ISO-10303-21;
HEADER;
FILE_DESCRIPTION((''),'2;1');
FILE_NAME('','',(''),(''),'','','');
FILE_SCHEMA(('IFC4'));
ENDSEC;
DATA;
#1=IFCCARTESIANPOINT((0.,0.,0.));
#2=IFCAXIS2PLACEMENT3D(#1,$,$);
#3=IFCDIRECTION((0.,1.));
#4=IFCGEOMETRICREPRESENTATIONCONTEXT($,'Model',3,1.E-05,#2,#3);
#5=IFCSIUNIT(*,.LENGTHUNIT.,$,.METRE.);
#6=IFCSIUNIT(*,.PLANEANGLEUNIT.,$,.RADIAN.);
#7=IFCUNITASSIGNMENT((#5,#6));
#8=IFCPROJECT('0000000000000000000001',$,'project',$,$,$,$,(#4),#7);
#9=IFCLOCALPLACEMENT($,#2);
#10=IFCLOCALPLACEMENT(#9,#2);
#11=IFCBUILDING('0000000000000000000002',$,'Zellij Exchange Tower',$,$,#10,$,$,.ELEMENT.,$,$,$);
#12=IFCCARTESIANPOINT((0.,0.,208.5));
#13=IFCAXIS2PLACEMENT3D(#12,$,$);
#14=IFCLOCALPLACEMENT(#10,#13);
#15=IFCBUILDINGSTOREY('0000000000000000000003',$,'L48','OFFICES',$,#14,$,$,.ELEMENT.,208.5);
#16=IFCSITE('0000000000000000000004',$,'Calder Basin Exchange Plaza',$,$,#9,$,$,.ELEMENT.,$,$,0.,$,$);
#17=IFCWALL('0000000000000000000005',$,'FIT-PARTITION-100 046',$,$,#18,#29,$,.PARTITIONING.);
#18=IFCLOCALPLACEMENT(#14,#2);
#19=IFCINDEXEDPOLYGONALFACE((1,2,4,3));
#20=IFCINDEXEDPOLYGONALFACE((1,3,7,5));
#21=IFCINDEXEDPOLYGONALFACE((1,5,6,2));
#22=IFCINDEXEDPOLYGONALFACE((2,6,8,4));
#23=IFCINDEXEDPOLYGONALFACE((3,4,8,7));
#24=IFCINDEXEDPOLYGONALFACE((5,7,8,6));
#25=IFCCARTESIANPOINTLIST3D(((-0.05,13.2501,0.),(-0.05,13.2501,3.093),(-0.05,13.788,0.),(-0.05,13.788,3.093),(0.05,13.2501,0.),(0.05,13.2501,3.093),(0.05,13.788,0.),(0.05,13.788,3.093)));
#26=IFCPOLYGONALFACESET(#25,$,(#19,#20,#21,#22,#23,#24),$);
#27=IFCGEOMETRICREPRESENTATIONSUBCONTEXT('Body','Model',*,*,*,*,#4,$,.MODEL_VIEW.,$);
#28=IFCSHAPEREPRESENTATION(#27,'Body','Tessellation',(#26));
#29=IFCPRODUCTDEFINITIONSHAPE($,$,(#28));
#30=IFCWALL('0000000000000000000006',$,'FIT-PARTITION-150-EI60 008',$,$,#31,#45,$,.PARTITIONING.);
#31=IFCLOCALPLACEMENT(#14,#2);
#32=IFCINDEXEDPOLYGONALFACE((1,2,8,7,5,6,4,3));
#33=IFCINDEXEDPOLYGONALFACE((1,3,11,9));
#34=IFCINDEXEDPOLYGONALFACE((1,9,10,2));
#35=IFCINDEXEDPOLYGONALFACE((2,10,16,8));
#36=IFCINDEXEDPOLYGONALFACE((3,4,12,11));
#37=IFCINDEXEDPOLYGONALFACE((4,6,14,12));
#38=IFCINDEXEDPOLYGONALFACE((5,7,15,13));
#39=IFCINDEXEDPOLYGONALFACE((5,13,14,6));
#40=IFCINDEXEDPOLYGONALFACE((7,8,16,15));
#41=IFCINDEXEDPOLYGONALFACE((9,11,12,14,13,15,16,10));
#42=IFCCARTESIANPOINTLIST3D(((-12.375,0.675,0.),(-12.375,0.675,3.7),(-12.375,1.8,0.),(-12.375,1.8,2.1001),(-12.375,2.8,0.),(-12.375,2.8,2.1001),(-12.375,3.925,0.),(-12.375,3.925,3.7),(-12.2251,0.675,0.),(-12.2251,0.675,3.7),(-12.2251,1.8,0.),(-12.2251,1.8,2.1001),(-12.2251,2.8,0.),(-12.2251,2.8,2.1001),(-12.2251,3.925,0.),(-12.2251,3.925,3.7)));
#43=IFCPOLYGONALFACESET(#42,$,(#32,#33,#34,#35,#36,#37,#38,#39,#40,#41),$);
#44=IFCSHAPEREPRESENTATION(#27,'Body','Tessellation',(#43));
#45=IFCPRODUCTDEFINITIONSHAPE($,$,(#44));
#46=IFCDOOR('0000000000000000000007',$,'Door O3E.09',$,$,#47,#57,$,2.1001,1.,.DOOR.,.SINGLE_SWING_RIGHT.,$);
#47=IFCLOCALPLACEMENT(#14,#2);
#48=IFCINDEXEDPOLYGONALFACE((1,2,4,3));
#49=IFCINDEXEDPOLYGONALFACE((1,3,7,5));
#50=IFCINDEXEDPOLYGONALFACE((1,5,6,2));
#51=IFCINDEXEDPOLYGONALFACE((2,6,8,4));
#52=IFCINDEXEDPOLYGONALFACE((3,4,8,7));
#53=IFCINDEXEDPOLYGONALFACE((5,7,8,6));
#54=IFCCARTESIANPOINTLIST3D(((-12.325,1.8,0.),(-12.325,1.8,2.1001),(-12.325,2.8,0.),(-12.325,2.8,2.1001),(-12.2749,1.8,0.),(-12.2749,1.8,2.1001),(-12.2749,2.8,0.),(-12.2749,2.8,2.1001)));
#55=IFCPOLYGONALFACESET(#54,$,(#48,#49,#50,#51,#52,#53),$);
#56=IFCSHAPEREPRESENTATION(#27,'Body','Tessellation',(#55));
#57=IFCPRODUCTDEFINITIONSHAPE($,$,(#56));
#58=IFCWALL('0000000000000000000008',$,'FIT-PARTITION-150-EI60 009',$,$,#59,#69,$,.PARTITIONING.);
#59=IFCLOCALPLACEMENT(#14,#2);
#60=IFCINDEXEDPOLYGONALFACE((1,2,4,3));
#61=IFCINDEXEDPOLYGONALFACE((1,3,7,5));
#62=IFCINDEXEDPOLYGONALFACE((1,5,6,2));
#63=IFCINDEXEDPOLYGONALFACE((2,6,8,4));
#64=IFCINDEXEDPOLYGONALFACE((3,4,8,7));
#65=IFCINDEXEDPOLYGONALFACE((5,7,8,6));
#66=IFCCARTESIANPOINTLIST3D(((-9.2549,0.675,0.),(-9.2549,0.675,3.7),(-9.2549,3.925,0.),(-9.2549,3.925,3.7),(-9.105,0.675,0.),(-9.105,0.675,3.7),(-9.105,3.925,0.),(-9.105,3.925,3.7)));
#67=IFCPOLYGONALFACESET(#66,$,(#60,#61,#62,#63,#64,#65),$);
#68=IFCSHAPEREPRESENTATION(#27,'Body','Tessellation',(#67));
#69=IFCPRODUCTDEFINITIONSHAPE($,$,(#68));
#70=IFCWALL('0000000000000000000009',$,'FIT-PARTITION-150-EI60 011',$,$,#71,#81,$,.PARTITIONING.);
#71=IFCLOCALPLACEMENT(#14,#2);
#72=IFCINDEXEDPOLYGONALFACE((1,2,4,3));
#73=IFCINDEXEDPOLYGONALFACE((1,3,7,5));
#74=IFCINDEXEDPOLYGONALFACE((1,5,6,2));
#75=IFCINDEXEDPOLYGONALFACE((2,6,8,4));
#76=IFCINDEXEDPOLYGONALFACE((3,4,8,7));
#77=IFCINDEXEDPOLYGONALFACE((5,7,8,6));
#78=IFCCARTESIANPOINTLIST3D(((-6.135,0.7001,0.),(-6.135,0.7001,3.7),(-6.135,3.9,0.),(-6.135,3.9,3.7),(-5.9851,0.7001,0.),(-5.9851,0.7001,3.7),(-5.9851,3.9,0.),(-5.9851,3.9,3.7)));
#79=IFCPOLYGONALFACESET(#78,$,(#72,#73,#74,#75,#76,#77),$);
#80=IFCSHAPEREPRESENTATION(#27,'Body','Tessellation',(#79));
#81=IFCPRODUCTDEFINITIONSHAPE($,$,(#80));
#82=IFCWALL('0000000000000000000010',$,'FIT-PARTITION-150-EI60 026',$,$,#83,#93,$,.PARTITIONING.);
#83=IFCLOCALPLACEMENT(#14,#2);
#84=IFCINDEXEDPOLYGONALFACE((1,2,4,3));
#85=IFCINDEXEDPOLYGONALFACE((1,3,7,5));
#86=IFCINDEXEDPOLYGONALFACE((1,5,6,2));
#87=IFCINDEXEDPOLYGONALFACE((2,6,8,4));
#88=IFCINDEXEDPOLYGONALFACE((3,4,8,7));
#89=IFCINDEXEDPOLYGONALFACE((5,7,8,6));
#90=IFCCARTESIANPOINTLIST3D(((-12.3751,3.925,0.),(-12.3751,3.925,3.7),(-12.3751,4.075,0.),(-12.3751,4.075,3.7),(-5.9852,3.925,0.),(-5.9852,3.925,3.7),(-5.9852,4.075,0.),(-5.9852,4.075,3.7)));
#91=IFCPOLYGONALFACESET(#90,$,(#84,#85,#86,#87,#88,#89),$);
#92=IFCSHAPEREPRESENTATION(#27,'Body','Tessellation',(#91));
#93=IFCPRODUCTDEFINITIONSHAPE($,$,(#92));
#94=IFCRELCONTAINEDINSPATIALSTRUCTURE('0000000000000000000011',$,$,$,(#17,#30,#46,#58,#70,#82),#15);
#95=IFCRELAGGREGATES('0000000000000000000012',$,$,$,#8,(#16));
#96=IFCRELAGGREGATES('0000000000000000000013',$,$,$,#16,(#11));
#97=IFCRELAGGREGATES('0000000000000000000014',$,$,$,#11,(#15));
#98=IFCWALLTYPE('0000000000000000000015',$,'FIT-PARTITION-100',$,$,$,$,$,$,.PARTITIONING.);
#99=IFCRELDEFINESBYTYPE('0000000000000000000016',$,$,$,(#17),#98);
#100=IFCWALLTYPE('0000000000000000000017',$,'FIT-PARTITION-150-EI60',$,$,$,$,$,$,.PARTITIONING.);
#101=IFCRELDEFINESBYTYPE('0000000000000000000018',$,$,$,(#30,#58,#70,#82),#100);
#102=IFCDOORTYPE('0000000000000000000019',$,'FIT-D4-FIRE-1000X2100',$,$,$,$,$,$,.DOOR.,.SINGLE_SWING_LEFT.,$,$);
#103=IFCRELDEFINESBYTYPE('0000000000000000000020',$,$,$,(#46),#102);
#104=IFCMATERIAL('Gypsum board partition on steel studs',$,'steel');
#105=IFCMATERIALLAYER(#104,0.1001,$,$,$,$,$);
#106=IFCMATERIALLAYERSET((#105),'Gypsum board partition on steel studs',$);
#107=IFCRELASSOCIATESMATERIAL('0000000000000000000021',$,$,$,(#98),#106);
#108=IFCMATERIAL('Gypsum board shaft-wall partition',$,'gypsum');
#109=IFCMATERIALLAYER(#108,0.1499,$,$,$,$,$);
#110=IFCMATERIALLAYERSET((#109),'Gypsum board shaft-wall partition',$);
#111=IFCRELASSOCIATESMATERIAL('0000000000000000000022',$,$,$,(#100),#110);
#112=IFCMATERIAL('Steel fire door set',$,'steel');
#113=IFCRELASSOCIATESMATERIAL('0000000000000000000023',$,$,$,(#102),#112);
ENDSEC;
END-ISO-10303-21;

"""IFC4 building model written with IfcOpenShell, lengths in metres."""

from ifc_helpers import new_model, si_unit, direction, frame, frame_2d, origin, place, context, subcontext, project, spatial, rectangle, extrude, material, layer, layer_set, type_object, element, fill, save


model = new_model("IFC4")

# Units and contexts
model_context = context("Model", 3, precision=1e-05, world=origin(), true_north=direction((0.0, 1.0)))
body_context = subcontext(model_context, "Body", "Model", "MODEL_VIEW")
ifc_project = project(units=[si_unit("LENGTHUNIT", "METRE"), si_unit("PLANEANGLEUNIT", "RADIAN")], contexts=[model_context])

# Site, building, storey
site_placement = place(None, origin())
site = spatial("IfcSite", under=ifc_project, at=site_placement, Name="Calder Basin Exchange Plaza", CompositionType="ELEMENT", RefElevation=0.0)
building_placement = place(site_placement, origin())
building = spatial("IfcBuilding", under=site, at=building_placement, Name="Zellij Exchange Tower", CompositionType="ELEMENT")
storey_placement = place(building_placement, frame((0.0, 0.0, 208.5)))
storey = spatial("IfcBuildingStorey", under=building, at=storey_placement, Name="L48", Description="OFFICES", CompositionType="ELEMENT", Elevation=208.5)

# Shared definitions
ifc_material_1 = material(Name="Gypsum board partition on steel studs", Category="steel")
ifc_layer_1 = layer(ifc_material_1, 0.1001)
ifc_layer_set_1 = layer_set([ifc_layer_1], Name="Gypsum board partition on steel studs")
wall_type_1 = type_object("IfcWallType", Name="FIT-PARTITION-100", PredefinedType="PARTITIONING", material=ifc_layer_set_1)

# Wall
wall_1_placement = place(storey_placement, frame((0.0, 13.25, 0.0), z_axis=(0.0, 0.0, 1.0), x_axis=(0.0, 1.0, 0.0)))
element("IfcWall", 1, at=wall_1_placement, inside=storey, type_object=wall_type_1, Name="FIT-PARTITION-100 046", PredefinedType="PARTITIONING", context=body_context, shape_type="SweptSolid", body=[
    extrude(rectangle(XDim=0.5378, YDim=0.1001, at=frame_2d((0.269, 0.0))), origin(), (0.0, 0.0, 1.0), 3.093),
])

# Wall, opening, door
ifc_material_2 = material(Name="Gypsum board shaft-wall partition", Category="gypsum")
ifc_layer_2 = layer(ifc_material_2, 0.1499)
ifc_layer_set_2 = layer_set([ifc_layer_2], Name="Gypsum board shaft-wall partition")
wall_type_2 = type_object("IfcWallType", Name="FIT-PARTITION-150-EI60", PredefinedType="PARTITIONING", material=ifc_layer_set_2)
wall_2_placement = place(storey_placement, frame((-12.3, 0.675, 0.0), z_axis=(0.0, 0.0, 1.0), x_axis=(0.0, 1.0, 0.0)))
wall_2 = element("IfcWall", 2, at=wall_2_placement, inside=storey, type_object=wall_type_2, Name="FIT-PARTITION-150-EI60 008", PredefinedType="PARTITIONING", context=body_context, shape_type="SweptSolid", body=[
    extrude(rectangle(XDim=3.25, YDim=0.1499, at=frame_2d((1.625, 0.0))), origin(), (0.0, 0.0, 1.0), 3.7),
])
opening_1_placement = place(wall_2_placement, frame((1.125, 0.0, 0.0)))
opening_1 = element("IfcOpeningElement", 3, at=opening_1_placement, cuts=wall_2, PredefinedType="OPENING", context=body_context, shape_type="SweptSolid", body=[
    extrude(rectangle(XDim=1.0, YDim=2.1001, at=frame_2d((0.5, 1.05))), frame((0.0, 0.0869, 0.0), z_axis=(0.0, -1.0, 0.0), x_axis=(1.0, 0.0, 0.0)), (0.0, 0.0, 1.0), 0.1738),
])
ifc_material_3 = material(Name="Steel fire door set", Category="steel")
door_type_1 = type_object("IfcDoorType", Name="FIT-D4-FIRE-1000X2100", OperationType="SINGLE_SWING_LEFT", PredefinedType="DOOR", material=ifc_material_3)
door_1_placement = place(opening_1_placement, origin())
door_1 = element("IfcDoor", 4, at=door_1_placement, inside=storey, type_object=door_type_1, Name="Door O3E.09", OperationType="SINGLE_SWING_RIGHT", OverallHeight=2.1001, OverallWidth=1.0, PredefinedType="DOOR", context=body_context, shape_type="SweptSolid", body=[
    extrude(rectangle(XDim=1.0, YDim=2.1001, at=frame_2d((0.5, 1.05))), frame((0.0, 0.0249, 0.0), z_axis=(0.0, -1.0, 0.0), x_axis=(1.0, 0.0, 0.0)), (0.0, 0.0, 1.0), 0.05),
])
fill(opening_1, door_1)

# Walls
wall_3_placement = place(storey_placement, frame((-9.1799, 0.675, 0.0), z_axis=(0.0, 0.0, 1.0), x_axis=(0.0, 1.0, 0.0)))
element("IfcWall", 5, at=wall_3_placement, inside=storey, type_object=wall_type_2, Name="FIT-PARTITION-150-EI60 009", PredefinedType="PARTITIONING", context=body_context, shape_type="SweptSolid", body=[
    extrude(rectangle(XDim=3.25, YDim=0.1499, at=frame_2d((1.625, 0.0))), origin(), (0.0, 0.0, 1.0), 3.7),
])
wall_4_placement = place(storey_placement, frame((-6.0601, 0.7, 0.0), z_axis=(0.0, 0.0, 1.0), x_axis=(0.0, 1.0, 0.0)))
element("IfcWall", 6, at=wall_4_placement, inside=storey, type_object=wall_type_2, Name="FIT-PARTITION-150-EI60 011", PredefinedType="PARTITIONING", context=body_context, shape_type="SweptSolid", body=[
    extrude(rectangle(XDim=3.2, YDim=0.1499, at=frame_2d((1.6001, 0.0))), origin(), (0.0, 0.0, 1.0), 3.7),
])
wall_5_placement = place(storey_placement, frame((-12.375, 4.0, 0.0), z_axis=(0.0, 0.0, 1.0), x_axis=(1.0, 0.0, 0.0)))
element("IfcWall", 7, at=wall_5_placement, inside=storey, type_object=wall_type_2, Name="FIT-PARTITION-150-EI60 026", PredefinedType="PARTITIONING", context=body_context, shape_type="SweptSolid", body=[
    extrude(rectangle(XDim=6.3899, YDim=0.1499, at=frame_2d((3.1948, 0.0))), origin(), (0.0, 0.0, 1.0), 3.7),
])

save(model, "model.ifc")
